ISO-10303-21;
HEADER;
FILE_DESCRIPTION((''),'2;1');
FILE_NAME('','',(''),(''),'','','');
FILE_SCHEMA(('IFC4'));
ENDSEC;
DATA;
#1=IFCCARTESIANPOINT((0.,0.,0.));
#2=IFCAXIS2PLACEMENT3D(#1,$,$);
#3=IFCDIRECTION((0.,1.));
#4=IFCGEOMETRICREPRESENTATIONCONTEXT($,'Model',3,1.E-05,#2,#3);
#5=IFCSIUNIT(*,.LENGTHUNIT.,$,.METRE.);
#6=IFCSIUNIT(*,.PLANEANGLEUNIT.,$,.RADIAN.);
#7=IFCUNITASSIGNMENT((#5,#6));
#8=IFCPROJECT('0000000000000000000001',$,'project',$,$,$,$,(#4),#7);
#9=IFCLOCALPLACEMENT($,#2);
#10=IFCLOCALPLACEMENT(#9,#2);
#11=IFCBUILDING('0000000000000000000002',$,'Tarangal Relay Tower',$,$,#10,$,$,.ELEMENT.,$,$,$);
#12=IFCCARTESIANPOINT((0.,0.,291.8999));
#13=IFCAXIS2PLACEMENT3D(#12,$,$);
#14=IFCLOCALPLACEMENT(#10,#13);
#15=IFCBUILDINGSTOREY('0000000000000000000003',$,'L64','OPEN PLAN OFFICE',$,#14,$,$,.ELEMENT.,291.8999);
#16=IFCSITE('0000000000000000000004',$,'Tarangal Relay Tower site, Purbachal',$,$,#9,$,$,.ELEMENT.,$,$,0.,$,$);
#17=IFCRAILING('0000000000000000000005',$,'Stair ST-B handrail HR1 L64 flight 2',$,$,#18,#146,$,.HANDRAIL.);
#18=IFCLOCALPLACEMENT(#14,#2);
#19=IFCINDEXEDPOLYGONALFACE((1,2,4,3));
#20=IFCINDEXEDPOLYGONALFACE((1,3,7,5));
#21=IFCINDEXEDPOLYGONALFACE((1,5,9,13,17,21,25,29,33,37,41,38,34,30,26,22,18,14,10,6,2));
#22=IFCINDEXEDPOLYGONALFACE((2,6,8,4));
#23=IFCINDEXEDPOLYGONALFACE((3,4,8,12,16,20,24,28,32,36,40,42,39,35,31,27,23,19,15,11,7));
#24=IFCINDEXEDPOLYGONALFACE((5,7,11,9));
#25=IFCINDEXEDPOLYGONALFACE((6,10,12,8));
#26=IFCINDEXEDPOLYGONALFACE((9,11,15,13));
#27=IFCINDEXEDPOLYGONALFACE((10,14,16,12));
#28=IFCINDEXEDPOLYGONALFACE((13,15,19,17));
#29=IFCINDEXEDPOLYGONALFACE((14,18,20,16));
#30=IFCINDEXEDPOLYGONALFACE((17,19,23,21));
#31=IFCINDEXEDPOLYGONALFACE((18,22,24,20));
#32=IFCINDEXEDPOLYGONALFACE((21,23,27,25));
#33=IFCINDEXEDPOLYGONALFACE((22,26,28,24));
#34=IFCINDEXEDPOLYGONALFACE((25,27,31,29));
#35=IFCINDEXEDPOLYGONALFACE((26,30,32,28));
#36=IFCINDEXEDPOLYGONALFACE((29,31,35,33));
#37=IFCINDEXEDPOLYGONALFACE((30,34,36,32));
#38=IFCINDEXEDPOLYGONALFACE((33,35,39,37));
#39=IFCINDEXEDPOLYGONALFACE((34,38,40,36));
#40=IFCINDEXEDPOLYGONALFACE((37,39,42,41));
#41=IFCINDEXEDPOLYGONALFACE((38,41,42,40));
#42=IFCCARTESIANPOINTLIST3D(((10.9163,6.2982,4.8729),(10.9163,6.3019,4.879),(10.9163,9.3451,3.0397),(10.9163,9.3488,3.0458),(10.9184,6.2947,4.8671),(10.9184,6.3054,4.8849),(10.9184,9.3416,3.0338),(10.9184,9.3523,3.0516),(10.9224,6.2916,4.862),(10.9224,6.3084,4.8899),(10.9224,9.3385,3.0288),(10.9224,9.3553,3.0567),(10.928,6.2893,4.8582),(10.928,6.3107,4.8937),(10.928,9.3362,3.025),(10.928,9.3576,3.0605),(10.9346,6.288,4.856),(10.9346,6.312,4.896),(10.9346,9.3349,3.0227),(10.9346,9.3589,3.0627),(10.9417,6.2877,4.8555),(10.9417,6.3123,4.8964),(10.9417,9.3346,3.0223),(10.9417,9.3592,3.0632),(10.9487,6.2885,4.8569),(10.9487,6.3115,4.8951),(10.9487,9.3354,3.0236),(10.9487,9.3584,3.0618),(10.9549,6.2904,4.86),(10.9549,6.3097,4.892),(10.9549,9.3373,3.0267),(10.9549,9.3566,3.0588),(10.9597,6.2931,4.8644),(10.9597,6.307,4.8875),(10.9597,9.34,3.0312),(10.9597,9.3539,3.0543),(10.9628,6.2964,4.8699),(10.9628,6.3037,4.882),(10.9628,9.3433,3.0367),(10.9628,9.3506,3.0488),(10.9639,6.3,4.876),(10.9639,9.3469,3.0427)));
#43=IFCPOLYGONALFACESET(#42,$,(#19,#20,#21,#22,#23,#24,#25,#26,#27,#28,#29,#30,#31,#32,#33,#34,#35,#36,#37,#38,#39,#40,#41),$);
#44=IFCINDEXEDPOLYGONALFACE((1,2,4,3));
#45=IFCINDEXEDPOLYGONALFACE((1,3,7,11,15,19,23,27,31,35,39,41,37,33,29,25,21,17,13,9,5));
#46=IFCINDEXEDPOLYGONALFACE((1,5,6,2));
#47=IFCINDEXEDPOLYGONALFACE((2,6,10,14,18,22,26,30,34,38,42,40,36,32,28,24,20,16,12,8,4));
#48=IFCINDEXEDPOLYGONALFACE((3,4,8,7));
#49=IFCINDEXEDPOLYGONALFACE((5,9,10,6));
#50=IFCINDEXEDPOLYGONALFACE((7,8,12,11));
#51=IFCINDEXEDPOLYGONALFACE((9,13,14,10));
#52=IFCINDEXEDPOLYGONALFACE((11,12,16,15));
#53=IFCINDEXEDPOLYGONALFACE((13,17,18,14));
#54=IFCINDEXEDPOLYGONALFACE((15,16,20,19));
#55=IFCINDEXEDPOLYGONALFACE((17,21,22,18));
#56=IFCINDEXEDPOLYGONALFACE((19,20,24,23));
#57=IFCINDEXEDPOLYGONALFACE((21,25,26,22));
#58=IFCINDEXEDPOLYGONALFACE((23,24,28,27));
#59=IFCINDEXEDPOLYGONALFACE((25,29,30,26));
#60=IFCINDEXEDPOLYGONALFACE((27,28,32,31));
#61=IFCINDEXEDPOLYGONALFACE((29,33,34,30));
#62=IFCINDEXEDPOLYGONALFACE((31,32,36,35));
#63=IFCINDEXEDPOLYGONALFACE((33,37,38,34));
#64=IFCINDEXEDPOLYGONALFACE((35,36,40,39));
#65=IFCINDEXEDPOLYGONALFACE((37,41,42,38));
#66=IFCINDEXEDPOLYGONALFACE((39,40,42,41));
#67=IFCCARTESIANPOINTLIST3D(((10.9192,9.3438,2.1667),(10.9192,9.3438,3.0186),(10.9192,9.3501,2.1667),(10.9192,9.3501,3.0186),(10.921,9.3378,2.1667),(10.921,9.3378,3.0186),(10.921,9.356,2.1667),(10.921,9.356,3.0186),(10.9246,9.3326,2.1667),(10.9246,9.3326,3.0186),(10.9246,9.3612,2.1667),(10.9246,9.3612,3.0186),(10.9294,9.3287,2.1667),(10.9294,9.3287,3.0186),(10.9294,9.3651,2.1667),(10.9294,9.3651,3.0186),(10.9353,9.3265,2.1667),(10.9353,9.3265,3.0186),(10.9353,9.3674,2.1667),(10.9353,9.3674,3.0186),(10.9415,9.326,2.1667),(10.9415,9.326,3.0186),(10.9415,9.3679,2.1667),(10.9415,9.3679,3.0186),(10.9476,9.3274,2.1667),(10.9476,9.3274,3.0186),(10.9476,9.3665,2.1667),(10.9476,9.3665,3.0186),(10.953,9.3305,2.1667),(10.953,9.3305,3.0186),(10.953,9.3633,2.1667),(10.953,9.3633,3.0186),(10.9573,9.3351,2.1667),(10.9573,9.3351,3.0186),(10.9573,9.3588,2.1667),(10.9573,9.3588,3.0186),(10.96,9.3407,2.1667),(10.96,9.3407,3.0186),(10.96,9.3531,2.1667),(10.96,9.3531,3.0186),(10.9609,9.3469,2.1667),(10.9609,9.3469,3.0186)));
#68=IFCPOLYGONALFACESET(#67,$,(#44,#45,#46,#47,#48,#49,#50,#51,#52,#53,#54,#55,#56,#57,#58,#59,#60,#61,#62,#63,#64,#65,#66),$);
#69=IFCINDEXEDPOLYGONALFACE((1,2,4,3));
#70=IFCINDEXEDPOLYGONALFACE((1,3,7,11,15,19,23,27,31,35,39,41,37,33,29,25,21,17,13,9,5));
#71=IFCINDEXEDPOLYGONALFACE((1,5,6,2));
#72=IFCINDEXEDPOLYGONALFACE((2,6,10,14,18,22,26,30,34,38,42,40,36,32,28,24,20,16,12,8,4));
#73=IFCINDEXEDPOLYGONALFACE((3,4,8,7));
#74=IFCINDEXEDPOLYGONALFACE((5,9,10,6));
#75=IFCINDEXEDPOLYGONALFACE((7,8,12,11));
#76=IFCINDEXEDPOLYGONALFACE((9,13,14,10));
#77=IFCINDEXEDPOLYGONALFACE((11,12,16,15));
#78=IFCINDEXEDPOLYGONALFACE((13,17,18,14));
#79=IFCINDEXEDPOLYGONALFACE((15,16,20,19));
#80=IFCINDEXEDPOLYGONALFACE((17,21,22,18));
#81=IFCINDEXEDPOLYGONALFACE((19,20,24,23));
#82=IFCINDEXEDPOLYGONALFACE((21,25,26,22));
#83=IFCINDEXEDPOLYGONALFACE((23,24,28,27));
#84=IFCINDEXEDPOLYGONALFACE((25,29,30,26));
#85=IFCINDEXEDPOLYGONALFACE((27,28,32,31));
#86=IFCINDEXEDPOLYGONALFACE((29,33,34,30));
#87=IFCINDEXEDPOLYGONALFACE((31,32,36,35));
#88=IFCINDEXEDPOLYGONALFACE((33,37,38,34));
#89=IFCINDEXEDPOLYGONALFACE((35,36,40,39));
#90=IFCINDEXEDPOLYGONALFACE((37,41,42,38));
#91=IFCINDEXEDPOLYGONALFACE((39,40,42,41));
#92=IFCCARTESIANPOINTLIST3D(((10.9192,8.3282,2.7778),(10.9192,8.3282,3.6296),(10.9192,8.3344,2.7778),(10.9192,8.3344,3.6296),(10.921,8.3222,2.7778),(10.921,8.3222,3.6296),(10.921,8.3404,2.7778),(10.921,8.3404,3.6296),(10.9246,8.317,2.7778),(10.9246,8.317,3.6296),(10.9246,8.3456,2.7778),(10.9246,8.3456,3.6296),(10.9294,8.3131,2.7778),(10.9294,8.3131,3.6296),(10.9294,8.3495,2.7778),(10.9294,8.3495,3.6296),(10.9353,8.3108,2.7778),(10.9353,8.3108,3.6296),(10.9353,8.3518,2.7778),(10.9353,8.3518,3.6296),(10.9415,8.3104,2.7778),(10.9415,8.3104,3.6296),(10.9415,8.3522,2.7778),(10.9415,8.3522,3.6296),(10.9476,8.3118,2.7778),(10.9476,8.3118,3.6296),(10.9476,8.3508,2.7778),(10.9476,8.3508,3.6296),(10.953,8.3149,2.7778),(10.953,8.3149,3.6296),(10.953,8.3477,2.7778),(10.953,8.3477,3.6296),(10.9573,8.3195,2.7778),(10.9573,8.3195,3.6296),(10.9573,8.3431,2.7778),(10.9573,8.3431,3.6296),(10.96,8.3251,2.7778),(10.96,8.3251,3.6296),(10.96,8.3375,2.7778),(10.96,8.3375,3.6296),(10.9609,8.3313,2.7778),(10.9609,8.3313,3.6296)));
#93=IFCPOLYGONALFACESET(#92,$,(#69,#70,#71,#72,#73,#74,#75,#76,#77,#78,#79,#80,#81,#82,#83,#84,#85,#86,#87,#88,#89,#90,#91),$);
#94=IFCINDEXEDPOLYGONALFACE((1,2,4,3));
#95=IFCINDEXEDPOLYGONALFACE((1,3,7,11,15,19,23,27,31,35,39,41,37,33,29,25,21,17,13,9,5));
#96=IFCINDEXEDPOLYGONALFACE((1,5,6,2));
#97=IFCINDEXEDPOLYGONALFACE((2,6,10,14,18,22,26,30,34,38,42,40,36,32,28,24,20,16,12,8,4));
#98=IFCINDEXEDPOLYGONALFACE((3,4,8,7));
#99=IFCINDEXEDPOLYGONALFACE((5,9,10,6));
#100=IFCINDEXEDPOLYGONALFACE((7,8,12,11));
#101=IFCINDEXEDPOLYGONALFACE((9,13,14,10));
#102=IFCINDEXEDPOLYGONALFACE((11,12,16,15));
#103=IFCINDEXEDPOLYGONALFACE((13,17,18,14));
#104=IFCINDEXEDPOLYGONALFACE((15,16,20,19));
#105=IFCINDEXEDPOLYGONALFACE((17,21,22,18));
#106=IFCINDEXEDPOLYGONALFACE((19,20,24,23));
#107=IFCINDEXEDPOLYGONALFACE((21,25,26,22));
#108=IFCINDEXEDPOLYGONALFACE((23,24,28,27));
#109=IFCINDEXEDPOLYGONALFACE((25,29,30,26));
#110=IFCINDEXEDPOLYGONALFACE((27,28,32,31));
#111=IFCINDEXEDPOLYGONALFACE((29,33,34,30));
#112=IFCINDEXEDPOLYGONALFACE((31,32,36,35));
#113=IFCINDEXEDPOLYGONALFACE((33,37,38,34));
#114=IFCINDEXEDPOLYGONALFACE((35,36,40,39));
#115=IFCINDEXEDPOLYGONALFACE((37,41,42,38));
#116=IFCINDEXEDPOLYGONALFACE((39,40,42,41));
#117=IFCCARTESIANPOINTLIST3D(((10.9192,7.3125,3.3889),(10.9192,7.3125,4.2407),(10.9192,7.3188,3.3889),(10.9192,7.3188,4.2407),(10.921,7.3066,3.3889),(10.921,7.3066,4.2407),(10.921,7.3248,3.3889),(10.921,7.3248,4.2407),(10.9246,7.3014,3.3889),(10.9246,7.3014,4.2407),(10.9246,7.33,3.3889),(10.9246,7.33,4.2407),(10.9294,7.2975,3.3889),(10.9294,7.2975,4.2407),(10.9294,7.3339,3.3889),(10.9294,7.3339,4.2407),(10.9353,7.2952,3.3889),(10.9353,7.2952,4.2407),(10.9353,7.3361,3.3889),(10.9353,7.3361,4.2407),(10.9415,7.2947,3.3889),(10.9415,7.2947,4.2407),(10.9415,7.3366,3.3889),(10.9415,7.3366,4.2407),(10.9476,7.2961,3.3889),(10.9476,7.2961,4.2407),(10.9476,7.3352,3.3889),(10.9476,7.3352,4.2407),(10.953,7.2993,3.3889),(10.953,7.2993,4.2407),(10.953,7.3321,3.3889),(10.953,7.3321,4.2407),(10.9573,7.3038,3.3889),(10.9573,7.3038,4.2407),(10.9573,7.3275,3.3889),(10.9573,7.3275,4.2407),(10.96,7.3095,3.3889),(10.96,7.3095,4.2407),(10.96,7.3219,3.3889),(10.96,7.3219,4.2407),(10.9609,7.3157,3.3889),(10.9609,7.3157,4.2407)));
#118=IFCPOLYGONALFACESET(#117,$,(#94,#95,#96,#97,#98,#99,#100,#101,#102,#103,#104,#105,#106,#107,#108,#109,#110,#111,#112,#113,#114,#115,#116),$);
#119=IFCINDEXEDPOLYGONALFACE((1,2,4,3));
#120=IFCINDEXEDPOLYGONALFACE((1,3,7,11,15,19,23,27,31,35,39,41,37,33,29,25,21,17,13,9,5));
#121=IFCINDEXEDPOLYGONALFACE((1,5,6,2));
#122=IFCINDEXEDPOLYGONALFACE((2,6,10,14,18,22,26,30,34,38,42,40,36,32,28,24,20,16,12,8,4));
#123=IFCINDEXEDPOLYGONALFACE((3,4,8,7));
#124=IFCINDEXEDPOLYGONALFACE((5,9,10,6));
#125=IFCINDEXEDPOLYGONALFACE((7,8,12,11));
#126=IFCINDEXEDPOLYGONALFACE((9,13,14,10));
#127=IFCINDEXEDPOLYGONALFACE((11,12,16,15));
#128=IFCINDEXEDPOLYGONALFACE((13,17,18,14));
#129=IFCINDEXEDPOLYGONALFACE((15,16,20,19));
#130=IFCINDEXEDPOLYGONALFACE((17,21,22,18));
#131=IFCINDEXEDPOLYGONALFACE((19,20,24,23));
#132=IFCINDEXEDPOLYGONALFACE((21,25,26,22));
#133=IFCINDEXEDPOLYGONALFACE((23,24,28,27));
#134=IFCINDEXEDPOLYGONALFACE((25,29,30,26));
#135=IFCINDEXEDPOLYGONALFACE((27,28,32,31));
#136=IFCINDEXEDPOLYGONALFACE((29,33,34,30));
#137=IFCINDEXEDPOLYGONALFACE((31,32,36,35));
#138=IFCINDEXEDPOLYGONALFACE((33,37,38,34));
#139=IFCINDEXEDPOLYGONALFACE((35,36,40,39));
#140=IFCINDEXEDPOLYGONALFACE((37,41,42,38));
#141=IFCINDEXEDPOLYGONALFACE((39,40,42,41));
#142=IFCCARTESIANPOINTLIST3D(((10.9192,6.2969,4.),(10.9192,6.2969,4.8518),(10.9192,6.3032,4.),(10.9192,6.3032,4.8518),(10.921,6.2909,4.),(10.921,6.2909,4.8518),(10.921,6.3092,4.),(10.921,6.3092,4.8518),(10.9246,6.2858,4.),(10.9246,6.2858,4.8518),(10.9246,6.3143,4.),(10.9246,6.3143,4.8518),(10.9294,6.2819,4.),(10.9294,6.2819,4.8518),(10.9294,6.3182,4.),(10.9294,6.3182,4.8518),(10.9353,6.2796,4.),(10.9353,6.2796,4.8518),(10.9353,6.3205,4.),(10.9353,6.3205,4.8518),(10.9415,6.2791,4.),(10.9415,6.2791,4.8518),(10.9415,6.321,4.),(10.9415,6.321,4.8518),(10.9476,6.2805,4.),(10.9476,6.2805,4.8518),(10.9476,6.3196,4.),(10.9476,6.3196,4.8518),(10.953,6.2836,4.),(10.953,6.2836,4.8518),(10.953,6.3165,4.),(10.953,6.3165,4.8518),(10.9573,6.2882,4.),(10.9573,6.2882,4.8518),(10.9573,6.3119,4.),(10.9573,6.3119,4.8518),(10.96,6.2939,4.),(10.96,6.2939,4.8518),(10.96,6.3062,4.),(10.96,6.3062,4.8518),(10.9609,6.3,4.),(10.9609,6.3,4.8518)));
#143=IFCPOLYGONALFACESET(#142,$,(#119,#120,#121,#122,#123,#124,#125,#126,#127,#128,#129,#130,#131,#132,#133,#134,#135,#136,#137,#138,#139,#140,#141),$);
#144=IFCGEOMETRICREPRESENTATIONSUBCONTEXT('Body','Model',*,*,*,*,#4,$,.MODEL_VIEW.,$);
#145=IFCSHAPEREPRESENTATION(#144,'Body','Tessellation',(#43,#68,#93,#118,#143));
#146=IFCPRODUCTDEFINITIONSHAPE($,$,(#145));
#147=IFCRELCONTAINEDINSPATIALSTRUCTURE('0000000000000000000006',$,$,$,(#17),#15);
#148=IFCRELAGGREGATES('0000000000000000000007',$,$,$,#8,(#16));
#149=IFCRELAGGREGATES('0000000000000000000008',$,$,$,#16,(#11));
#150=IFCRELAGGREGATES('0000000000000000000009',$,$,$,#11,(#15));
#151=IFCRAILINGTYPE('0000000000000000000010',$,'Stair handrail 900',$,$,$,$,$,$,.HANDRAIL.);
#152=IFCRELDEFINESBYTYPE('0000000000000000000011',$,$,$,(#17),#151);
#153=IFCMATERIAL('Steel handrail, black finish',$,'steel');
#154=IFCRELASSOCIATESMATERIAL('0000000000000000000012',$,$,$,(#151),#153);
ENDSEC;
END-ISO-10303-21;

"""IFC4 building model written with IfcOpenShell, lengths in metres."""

from ifc_helpers import new_model, si_unit, direction, frame, origin, origin_2d, place, context, subcontext, project, spatial, circle, extrude, material, type_object, element, save


model = new_model("IFC4")

# Units and contexts
model_context = context("Model", 3, precision=1e-05, world=origin(), true_north=direction((0.0, 1.0)))
body_context = subcontext(model_context, "Body", "Model", "MODEL_VIEW")
ifc_project = project(units=[si_unit("LENGTHUNIT", "METRE"), si_unit("PLANEANGLEUNIT", "RADIAN")], contexts=[model_context])

# Site, building, storey
site_placement = place(None, origin())
site = spatial("IfcSite", under=ifc_project, at=site_placement, Name="Tarangal Relay Tower site, Purbachal", CompositionType="ELEMENT", RefElevation=0.0)
building_placement = place(site_placement, origin())
building = spatial("IfcBuilding", under=site, at=building_placement, Name="Tarangal Relay Tower", CompositionType="ELEMENT")
storey_placement = place(building_placement, frame((0.0, 0.0, 291.8999)))
storey = spatial("IfcBuildingStorey", under=building, at=storey_placement, Name="L64", Description="OPEN PLAN OFFICE", CompositionType="ELEMENT", Elevation=291.8999)

# Railing
ifc_material_1 = material(Name="Steel handrail, black finish", Category="steel")
railing_type_1 = type_object("IfcRailingType", Name="Stair handrail 900", PredefinedType="HANDRAIL", material=ifc_material_1)
railing_1_placement = place(storey_placement, frame((10.9399, 9.3469, 2.1667)))
element("IfcRailing", 1, at=railing_1_placement, inside=storey, type_object=railing_type_1, Name="Stair ST-B handrail HR1 L64 flight 2", PredefinedType="HANDRAIL", context=body_context, shape_type="SweptSolid", body=[
    extrude(circle(Radius=0.0239, at=origin_2d()), frame((0.0, 0.0, 0.876), z_axis=(0.0, -0.856856, 0.515556), x_axis=(1.0, 0.0, 0.0)), (0.0, 0.0, 1.0), 3.5559),
    extrude(circle(Radius=0.021, at=origin_2d()), origin(), (0.0, 0.0, 1.0), 0.8518),
    extrude(circle(Radius=0.021, at=origin_2d()), frame((0.0, -1.0156, 0.6111)), (0.0, 0.0, 1.0), 0.8518),
    extrude(circle(Radius=0.021, at=origin_2d()), frame((0.0, -2.0312, 1.2222)), (0.0, 0.0, 1.0), 0.8518),
    extrude(circle(Radius=0.021, at=origin_2d()), frame((0.0, -3.0469, 1.8333)), (0.0, 0.0, 1.0), 0.8518),
])

save(model, "model.ifc")
